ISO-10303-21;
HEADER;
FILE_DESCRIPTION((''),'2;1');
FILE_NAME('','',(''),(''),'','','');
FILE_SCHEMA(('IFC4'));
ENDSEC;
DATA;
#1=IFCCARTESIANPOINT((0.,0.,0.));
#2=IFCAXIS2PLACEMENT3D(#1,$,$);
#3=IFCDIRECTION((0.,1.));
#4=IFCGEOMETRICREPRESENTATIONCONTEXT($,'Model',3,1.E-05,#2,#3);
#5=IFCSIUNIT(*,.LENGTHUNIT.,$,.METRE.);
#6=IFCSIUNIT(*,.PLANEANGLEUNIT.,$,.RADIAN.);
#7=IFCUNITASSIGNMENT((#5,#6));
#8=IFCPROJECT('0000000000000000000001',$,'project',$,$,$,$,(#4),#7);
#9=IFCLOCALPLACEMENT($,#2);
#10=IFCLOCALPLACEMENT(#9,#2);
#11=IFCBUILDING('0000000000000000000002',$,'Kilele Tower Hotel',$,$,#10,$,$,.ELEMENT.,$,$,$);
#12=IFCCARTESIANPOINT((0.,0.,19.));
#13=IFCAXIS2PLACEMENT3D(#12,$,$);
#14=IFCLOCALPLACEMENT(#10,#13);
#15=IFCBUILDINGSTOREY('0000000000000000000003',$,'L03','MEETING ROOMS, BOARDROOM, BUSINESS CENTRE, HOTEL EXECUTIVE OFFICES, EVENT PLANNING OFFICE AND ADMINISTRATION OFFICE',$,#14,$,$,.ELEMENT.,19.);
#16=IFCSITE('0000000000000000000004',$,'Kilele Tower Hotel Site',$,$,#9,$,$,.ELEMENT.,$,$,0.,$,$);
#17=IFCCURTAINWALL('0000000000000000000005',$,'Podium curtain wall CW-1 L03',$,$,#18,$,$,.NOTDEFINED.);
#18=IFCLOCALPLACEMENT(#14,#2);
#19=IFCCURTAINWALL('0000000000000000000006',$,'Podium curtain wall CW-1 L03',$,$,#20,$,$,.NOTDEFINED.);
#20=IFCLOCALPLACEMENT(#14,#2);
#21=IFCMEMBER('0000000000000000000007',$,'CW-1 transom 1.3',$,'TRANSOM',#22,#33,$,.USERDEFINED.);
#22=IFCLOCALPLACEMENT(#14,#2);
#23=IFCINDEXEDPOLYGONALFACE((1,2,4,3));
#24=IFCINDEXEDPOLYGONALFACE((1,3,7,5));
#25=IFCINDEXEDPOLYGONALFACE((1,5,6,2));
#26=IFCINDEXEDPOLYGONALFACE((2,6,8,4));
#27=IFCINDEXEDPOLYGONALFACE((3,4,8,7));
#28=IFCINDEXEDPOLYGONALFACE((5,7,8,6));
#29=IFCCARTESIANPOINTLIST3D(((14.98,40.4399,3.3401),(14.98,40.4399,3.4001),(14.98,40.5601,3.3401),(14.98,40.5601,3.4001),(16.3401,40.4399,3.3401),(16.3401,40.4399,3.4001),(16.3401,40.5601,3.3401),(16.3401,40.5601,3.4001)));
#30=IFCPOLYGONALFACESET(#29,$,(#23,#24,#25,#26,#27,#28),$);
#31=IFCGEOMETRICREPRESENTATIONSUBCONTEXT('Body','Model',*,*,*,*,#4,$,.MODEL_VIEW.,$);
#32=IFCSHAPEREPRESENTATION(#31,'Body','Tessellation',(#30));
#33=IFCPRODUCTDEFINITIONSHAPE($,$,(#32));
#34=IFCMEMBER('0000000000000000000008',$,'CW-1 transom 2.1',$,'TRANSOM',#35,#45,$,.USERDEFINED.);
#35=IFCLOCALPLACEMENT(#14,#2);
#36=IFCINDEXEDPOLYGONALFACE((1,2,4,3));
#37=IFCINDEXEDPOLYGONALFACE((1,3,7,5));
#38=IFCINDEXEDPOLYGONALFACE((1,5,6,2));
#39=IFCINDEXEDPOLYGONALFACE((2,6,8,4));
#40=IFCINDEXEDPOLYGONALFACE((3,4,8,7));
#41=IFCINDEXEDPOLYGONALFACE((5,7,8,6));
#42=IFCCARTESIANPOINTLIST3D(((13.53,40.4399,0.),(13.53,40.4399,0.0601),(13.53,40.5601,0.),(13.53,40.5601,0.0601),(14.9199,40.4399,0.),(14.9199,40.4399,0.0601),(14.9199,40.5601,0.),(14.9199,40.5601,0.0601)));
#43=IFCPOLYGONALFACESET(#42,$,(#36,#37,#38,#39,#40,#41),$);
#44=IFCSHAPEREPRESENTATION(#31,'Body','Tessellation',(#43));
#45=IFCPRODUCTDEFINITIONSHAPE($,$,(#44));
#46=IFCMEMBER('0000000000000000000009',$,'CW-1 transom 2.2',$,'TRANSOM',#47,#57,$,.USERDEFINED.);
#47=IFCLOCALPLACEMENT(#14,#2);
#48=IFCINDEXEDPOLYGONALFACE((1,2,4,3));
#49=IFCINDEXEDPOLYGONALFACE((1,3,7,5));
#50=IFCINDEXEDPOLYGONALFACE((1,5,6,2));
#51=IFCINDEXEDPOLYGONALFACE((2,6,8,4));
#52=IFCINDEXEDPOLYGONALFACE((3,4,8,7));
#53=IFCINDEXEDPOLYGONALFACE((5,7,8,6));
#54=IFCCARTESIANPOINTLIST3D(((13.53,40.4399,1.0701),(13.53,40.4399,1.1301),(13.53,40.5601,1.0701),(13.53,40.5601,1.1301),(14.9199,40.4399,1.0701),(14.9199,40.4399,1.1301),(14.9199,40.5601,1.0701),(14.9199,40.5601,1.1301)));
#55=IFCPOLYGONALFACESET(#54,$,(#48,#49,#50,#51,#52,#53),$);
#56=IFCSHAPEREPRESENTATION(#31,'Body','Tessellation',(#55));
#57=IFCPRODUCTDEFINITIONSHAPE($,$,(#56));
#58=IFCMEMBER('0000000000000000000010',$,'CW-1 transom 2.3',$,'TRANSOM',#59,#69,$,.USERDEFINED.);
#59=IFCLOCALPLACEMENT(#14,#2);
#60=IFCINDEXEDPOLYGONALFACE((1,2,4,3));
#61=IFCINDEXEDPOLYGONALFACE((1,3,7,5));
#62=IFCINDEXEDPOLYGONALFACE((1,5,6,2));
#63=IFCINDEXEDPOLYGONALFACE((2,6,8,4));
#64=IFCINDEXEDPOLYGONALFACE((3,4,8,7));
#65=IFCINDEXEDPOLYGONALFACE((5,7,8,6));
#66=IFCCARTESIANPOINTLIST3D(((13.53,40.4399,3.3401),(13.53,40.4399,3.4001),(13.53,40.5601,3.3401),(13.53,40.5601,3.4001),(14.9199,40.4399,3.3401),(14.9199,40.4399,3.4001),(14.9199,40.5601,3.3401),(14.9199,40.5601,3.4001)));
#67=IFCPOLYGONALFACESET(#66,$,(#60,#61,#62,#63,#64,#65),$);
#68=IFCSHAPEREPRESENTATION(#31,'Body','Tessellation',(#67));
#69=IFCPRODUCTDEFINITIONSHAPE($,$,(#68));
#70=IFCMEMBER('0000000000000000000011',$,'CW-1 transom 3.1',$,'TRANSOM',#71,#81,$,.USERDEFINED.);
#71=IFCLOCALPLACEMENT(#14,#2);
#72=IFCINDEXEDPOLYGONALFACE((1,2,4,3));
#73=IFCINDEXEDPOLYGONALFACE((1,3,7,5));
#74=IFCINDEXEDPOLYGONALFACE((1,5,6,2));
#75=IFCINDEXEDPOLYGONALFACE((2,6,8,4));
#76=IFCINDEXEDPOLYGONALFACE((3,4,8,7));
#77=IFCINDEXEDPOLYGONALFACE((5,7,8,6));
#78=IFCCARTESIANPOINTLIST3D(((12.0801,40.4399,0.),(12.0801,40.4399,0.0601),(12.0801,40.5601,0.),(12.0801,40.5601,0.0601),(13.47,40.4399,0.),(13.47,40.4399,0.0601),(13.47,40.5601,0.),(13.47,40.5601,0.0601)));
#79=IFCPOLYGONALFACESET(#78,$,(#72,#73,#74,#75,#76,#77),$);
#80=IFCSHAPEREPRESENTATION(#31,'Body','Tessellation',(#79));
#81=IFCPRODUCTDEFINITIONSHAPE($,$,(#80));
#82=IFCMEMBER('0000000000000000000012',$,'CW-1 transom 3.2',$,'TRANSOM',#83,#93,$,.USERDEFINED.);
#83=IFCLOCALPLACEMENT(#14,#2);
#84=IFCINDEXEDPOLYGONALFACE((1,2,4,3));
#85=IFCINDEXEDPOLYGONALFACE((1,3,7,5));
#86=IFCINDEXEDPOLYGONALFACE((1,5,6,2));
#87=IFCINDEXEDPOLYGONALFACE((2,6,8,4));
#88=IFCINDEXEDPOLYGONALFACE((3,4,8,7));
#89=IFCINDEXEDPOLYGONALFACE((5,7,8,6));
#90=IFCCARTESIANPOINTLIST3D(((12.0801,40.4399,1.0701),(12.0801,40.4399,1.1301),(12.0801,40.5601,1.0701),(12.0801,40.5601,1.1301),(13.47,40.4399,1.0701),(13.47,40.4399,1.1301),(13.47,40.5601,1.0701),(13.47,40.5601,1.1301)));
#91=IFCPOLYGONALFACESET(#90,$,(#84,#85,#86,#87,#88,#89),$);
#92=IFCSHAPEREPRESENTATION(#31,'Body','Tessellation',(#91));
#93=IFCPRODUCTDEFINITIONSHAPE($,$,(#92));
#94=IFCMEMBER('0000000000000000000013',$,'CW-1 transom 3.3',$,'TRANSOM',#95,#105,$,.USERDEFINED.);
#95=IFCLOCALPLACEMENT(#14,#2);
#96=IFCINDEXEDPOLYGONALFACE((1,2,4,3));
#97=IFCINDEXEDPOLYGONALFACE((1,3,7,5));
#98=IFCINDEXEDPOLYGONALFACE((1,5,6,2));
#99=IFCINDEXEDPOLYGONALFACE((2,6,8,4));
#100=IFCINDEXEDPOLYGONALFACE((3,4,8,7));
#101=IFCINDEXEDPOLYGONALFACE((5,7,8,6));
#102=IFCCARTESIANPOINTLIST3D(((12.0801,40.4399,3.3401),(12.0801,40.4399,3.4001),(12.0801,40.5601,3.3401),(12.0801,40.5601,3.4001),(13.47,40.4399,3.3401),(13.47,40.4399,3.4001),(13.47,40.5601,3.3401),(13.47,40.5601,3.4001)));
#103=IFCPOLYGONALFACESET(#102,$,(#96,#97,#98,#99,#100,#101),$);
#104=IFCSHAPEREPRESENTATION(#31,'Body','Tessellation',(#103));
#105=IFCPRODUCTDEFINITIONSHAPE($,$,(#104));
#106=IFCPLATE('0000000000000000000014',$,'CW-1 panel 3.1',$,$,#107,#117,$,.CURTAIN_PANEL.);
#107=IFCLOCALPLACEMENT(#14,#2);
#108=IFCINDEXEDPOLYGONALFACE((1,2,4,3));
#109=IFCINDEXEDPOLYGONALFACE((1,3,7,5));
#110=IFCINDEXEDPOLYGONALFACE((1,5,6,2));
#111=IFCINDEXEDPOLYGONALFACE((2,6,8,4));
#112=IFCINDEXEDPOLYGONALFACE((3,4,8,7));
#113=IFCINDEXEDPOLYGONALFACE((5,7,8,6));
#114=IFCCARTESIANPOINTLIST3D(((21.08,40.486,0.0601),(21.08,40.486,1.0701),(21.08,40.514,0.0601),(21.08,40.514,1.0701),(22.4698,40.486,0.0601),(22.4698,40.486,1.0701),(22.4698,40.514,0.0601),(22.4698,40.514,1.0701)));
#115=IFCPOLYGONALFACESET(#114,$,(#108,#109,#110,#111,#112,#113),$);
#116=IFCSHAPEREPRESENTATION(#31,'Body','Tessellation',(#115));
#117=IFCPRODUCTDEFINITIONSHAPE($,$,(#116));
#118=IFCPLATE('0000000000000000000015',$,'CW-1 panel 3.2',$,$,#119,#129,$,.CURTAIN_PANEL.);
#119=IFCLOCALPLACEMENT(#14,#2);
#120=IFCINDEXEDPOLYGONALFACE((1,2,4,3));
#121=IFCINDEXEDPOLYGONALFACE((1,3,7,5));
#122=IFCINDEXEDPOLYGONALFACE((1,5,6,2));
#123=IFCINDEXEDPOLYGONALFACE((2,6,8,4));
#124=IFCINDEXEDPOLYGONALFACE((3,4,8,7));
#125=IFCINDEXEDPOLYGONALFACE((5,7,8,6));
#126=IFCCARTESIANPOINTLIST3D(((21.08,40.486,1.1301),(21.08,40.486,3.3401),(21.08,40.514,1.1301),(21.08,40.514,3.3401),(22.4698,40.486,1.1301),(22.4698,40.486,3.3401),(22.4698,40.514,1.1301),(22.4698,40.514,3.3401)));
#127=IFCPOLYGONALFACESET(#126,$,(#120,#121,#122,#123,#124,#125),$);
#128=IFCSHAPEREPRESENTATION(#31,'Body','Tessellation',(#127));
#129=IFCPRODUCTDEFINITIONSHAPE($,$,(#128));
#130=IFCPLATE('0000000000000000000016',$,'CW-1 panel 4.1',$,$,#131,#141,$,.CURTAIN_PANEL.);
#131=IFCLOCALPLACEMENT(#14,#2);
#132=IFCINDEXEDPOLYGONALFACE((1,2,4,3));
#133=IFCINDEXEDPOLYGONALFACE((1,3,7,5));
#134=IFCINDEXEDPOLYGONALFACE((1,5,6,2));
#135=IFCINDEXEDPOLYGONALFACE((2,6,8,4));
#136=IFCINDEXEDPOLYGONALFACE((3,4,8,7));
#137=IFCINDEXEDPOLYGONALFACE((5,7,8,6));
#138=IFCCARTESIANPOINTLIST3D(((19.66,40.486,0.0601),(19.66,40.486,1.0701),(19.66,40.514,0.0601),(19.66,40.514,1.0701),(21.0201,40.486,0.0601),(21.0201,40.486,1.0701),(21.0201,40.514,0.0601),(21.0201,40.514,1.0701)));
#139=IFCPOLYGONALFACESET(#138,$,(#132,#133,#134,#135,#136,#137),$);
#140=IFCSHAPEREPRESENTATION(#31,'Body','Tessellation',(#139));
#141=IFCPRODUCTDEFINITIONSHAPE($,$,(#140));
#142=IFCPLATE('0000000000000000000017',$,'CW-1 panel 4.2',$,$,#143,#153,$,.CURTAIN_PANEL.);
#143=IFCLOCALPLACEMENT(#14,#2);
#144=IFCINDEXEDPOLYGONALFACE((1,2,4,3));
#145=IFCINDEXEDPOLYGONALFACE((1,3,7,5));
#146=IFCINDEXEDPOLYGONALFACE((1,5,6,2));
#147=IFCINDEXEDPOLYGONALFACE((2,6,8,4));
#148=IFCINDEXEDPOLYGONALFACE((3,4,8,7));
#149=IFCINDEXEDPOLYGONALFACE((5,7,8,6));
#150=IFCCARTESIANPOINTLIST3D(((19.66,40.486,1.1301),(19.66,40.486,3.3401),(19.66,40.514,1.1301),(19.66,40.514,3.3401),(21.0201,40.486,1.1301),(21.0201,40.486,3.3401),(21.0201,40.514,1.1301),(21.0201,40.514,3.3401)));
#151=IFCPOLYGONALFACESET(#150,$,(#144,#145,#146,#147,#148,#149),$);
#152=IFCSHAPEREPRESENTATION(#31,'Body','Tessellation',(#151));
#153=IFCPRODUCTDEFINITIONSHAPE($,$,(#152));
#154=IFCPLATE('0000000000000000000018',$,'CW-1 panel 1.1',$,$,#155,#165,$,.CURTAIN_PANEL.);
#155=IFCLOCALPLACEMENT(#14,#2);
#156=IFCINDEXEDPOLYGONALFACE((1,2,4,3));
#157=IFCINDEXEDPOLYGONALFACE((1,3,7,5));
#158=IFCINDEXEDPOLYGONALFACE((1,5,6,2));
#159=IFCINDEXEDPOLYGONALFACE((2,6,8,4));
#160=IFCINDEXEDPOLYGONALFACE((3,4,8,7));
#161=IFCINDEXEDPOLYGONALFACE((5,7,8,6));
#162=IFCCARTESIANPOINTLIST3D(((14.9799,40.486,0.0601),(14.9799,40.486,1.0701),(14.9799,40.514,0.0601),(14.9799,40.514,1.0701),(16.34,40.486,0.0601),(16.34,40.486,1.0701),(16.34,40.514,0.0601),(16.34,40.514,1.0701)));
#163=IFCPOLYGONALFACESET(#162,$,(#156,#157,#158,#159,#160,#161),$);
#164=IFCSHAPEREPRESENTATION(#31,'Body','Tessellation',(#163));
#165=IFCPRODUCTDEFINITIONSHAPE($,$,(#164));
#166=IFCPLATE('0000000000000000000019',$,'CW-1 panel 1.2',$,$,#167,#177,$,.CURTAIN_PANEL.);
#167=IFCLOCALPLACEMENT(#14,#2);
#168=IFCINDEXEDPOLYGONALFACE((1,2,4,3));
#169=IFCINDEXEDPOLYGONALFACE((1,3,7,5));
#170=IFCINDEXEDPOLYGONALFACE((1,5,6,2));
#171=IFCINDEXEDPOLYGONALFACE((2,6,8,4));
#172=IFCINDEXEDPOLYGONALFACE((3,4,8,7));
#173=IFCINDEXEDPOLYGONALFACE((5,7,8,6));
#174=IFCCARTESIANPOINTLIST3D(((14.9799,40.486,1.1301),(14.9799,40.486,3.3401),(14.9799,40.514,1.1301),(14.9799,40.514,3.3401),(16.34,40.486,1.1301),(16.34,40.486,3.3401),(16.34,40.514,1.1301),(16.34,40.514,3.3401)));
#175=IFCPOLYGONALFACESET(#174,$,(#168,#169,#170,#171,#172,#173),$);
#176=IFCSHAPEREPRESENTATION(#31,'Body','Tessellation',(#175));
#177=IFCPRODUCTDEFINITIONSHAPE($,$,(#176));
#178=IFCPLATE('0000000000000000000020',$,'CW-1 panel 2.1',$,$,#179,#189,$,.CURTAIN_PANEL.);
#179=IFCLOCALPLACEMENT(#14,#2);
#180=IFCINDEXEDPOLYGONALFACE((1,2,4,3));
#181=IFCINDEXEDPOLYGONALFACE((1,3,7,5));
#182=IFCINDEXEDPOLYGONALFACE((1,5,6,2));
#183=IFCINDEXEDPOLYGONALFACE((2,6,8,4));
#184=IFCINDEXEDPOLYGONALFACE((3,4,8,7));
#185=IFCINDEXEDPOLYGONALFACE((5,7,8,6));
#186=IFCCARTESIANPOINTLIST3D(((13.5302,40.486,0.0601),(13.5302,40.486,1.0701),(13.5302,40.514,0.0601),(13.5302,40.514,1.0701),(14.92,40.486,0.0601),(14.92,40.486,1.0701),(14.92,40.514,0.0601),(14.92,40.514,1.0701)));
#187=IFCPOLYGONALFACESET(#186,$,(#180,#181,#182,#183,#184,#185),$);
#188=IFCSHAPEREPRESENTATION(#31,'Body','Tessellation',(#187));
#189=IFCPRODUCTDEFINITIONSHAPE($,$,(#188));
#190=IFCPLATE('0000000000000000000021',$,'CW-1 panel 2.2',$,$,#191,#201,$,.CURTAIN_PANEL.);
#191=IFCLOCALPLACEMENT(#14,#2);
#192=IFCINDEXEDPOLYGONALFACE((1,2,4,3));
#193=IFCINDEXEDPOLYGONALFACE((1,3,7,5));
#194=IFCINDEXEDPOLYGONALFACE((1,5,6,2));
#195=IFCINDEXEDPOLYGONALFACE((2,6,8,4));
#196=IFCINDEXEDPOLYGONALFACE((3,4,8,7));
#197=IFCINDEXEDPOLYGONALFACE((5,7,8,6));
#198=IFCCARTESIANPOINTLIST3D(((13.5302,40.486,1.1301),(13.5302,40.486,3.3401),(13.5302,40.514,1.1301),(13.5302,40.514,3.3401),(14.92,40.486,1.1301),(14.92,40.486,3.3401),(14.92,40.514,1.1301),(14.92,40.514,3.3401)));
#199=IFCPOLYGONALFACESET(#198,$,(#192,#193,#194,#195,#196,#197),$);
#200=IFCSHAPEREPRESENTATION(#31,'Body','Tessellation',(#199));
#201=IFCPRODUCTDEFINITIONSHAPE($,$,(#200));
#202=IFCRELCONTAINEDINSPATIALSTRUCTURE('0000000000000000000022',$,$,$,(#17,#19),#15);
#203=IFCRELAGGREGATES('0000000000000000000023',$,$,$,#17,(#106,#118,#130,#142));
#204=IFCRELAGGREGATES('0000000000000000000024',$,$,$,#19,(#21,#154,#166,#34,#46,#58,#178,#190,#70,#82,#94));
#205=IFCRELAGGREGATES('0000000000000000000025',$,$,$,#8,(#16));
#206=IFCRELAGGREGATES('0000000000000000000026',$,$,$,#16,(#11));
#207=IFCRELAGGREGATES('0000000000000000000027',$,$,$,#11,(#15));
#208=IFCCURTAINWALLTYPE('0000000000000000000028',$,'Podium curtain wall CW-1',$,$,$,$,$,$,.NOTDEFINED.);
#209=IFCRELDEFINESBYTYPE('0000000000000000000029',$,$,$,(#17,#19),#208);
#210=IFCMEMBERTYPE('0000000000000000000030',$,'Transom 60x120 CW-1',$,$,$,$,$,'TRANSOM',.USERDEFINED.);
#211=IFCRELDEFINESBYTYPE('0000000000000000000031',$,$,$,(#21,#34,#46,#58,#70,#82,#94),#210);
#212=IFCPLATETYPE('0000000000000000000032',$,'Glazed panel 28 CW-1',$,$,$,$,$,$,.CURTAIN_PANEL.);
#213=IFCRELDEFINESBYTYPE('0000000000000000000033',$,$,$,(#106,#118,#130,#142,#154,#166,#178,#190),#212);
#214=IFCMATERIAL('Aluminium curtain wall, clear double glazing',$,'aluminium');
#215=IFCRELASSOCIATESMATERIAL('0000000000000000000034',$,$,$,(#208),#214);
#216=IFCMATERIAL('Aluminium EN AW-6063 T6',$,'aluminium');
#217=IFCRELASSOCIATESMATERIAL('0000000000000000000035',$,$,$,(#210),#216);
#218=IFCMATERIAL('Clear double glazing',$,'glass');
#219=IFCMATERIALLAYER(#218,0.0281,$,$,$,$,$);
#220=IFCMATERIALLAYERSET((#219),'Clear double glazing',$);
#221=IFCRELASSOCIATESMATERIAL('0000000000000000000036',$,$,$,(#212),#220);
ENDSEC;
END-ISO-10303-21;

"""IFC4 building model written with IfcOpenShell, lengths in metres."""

from ifc_helpers import new_model, si_unit, direction, frame, origin, origin_2d, place, context, subcontext, project, spatial, rectangle, extrude, material, layer, layer_set, material_profile, profile_set, type_object, element, aggregate, save


model = new_model("IFC4")

# Units and contexts
model_context = context("Model", 3, precision=1e-05, world=origin(), true_north=direction((0.0, 1.0)))
body_context = subcontext(model_context, "Body", "Model", "MODEL_VIEW")
ifc_project = project(units=[si_unit("LENGTHUNIT", "METRE"), si_unit("PLANEANGLEUNIT", "RADIAN")], contexts=[model_context])

# Site, building, storey
site_placement = place(None, origin())
site = spatial("IfcSite", under=ifc_project, at=site_placement, Name="Kilele Tower Hotel Site", CompositionType="ELEMENT", RefElevation=0.0)
building_placement = place(site_placement, origin())
building = spatial("IfcBuilding", under=site, at=building_placement, Name="Kilele Tower Hotel", CompositionType="ELEMENT")
storey_placement = place(building_placement, frame((0.0, 0.0, 19.0)))
storey = spatial("IfcBuildingStorey", under=building, at=storey_placement, Name="L03", Description="MEETING ROOMS, BOARDROOM, BUSINESS CENTRE, HOTEL EXECUTIVE OFFICES, EVENT PLANNING OFFICE AND ADMINISTRATION OFFICE", CompositionType="ELEMENT", Elevation=19.0)

# Curtain walls
ifc_material_1 = material(Name="Aluminium curtain wall, clear double glazing", Category="aluminium")
curtain_wall_type = type_object("IfcCurtainWallType", Name="Podium curtain wall CW-1", PredefinedType="NOTDEFINED", material=ifc_material_1)
curtain_wall_1_placement = place(storey_placement, origin())
curtain_wall_1 = element("IfcCurtainWall", 1, at=curtain_wall_1_placement, inside=storey, type_object=curtain_wall_type, Name="Podium curtain wall CW-1 L03", PredefinedType="NOTDEFINED")
curtain_wall_2_placement = place(storey_placement, origin())
curtain_wall_2 = element("IfcCurtainWall", 2, at=curtain_wall_2_placement, inside=storey, type_object=curtain_wall_type, Name="Podium curtain wall CW-1 L03", PredefinedType="NOTDEFINED")

# Members
ifc_material_2 = material(Name="Aluminium EN AW-6063 T6", Category="aluminium")
ifc_material_profile_1 = material_profile(ifc_material_2, rectangle(XDim=0.1201, YDim=0.0601, at=origin_2d()))
ifc_profile_set_1 = profile_set([ifc_material_profile_1], Name="Aluminium EN AW-6063 T6")
member_type_1 = type_object("IfcMemberType", Name="Transom 60x120 CW-1", ElementType="TRANSOM", PredefinedType="USERDEFINED", material=ifc_profile_set_1)
member_1_placement = place(storey_placement, frame((16.3401, 40.5, 3.3701), z_axis=(-1.0, 0.0, 0.0), x_axis=(0.0, -1.0, 0.0)))
member_1 = element("IfcMember", 3, at=member_1_placement, type_object=member_type_1, Name="CW-1 transom 1.3", ObjectType="TRANSOM", PredefinedType="USERDEFINED", context=body_context, shape_type="SweptSolid", body=[
    extrude(rectangle(XDim=0.1201, YDim=0.0601, at=origin_2d()), origin(), (0.0, 0.0, 1.0), 1.3601),
])
member_2_placement = place(storey_placement, frame((14.9199, 40.5, 0.03), z_axis=(-1.0, 0.0, 0.0), x_axis=(0.0, -1.0, 0.0)))
member_2 = element("IfcMember", 4, at=member_2_placement, type_object=member_type_1, Name="CW-1 transom 2.1", ObjectType="TRANSOM", PredefinedType="USERDEFINED", context=body_context, shape_type="SweptSolid", body=[
    extrude(rectangle(XDim=0.1201, YDim=0.0601, at=origin_2d()), origin(), (0.0, 0.0, 1.0), 1.3899),
])
member_3_placement = place(storey_placement, frame((14.9199, 40.5, 1.1001), z_axis=(-1.0, 0.0, 0.0), x_axis=(0.0, -1.0, 0.0)))
member_3 = element("IfcMember", 5, at=member_3_placement, type_object=member_type_1, Name="CW-1 transom 2.2", ObjectType="TRANSOM", PredefinedType="USERDEFINED", context=body_context, shape_type="SweptSolid", body=[
    extrude(rectangle(XDim=0.1201, YDim=0.0601, at=origin_2d()), origin(), (0.0, 0.0, 1.0), 1.3899),
])
member_4_placement = place(storey_placement, frame((14.9199, 40.5, 3.3701), z_axis=(-1.0, 0.0, 0.0), x_axis=(0.0, -1.0, 0.0)))
member_4 = element("IfcMember", 6, at=member_4_placement, type_object=member_type_1, Name="CW-1 transom 2.3", ObjectType="TRANSOM", PredefinedType="USERDEFINED", context=body_context, shape_type="SweptSolid", body=[
    extrude(rectangle(XDim=0.1201, YDim=0.0601, at=origin_2d()), origin(), (0.0, 0.0, 1.0), 1.3899),
])
member_5_placement = place(storey_placement, frame((13.47, 40.5, 0.03), z_axis=(-1.0, 0.0, 0.0), x_axis=(0.0, -1.0, 0.0)))
member_5 = element("IfcMember", 7, at=member_5_placement, type_object=member_type_1, Name="CW-1 transom 3.1", ObjectType="TRANSOM", PredefinedType="USERDEFINED", context=body_context, shape_type="SweptSolid", body=[
    extrude(rectangle(XDim=0.1201, YDim=0.0601, at=origin_2d()), origin(), (0.0, 0.0, 1.0), 1.3899),
])
member_6_placement = place(storey_placement, frame((13.47, 40.5, 1.1001), z_axis=(-1.0, 0.0, 0.0), x_axis=(0.0, -1.0, 0.0)))
member_6 = element("IfcMember", 8, at=member_6_placement, type_object=member_type_1, Name="CW-1 transom 3.2", ObjectType="TRANSOM", PredefinedType="USERDEFINED", context=body_context, shape_type="SweptSolid", body=[
    extrude(rectangle(XDim=0.1201, YDim=0.0601, at=origin_2d()), origin(), (0.0, 0.0, 1.0), 1.3899),
])
member_7_placement = place(storey_placement, frame((13.47, 40.5, 3.3701), z_axis=(-1.0, 0.0, 0.0), x_axis=(0.0, -1.0, 0.0)))
member_7 = element("IfcMember", 9, at=member_7_placement, type_object=member_type_1, Name="CW-1 transom 3.3", ObjectType="TRANSOM", PredefinedType="USERDEFINED", context=body_context, shape_type="SweptSolid", body=[
    extrude(rectangle(XDim=0.1201, YDim=0.0601, at=origin_2d()), origin(), (0.0, 0.0, 1.0), 1.3899),
])

# Plates
ifc_material_3 = material(Name="Clear double glazing", Category="glass")
ifc_layer = layer(ifc_material_3, 0.0281)
ifc_layer_set = layer_set([ifc_layer], Name="Clear double glazing")
plate_type = type_object("IfcPlateType", Name="Glazed panel 28 CW-1", PredefinedType="CURTAIN_PANEL", material=ifc_layer_set)
plate_1_placement = place(storey_placement, frame((21.7749, 40.5, 0.0601), z_axis=(0.0, 0.0, 1.0), x_axis=(-1.0, 0.0, 0.0)))
plate_1 = element("IfcPlate", 10, at=plate_1_placement, type_object=plate_type, Name="CW-1 panel 3.1", PredefinedType="CURTAIN_PANEL", context=body_context, shape_type="SweptSolid", body=[
    extrude(rectangle(XDim=1.3899, YDim=0.0281, at=origin_2d()), origin(), (0.0, 0.0, 1.0), 1.01),
])
plate_2_placement = place(storey_placement, frame((21.7749, 40.5, 1.1301), z_axis=(0.0, 0.0, 1.0), x_axis=(-1.0, 0.0, 0.0)))
plate_2 = element("IfcPlate", 11, at=plate_2_placement, type_object=plate_type, Name="CW-1 panel 3.2", PredefinedType="CURTAIN_PANEL", context=body_context, shape_type="SweptSolid", body=[
    extrude(rectangle(XDim=1.3899, YDim=0.0281, at=origin_2d()), origin(), (0.0, 0.0, 1.0), 2.21),
])
plate_3_placement = place(storey_placement, frame((20.3401, 40.5, 0.0601), z_axis=(0.0, 0.0, 1.0), x_axis=(-1.0, 0.0, 0.0)))
plate_3 = element("IfcPlate", 12, at=plate_3_placement, type_object=plate_type, Name="CW-1 panel 4.1", PredefinedType="CURTAIN_PANEL", context=body_context, shape_type="SweptSolid", body=[
    extrude(rectangle(XDim=1.3601, YDim=0.0281, at=origin_2d()), origin(), (0.0, 0.0, 1.0), 1.01),
])
plate_4_placement = place(storey_placement, frame((20.3401, 40.5, 1.1301), z_axis=(0.0, 0.0, 1.0), x_axis=(-1.0, 0.0, 0.0)))
plate_4 = element("IfcPlate", 13, at=plate_4_placement, type_object=plate_type, Name="CW-1 panel 4.2", PredefinedType="CURTAIN_PANEL", context=body_context, shape_type="SweptSolid", body=[
    extrude(rectangle(XDim=1.3601, YDim=0.0281, at=origin_2d()), origin(), (0.0, 0.0, 1.0), 2.21),
])
aggregate(curtain_wall_1, [plate_1, plate_2, plate_3, plate_4])
plate_5_placement = place(storey_placement, frame((15.6599, 40.5, 0.0601), z_axis=(0.0, 0.0, 1.0), x_axis=(-1.0, 0.0, 0.0)))
plate_5 = element("IfcPlate", 14, at=plate_5_placement, type_object=plate_type, Name="CW-1 panel 1.1", PredefinedType="CURTAIN_PANEL", context=body_context, shape_type="SweptSolid", body=[
    extrude(rectangle(XDim=1.3601, YDim=0.0281, at=origin_2d()), origin(), (0.0, 0.0, 1.0), 1.01),
])
plate_6_placement = place(storey_placement, frame((15.6599, 40.5, 1.1301), z_axis=(0.0, 0.0, 1.0), x_axis=(-1.0, 0.0, 0.0)))
plate_6 = element("IfcPlate", 15, at=plate_6_placement, type_object=plate_type, Name="CW-1 panel 1.2", PredefinedType="CURTAIN_PANEL", context=body_context, shape_type="SweptSolid", body=[
    extrude(rectangle(XDim=1.3601, YDim=0.0281, at=origin_2d()), origin(), (0.0, 0.0, 1.0), 2.21),
])
plate_7_placement = place(storey_placement, frame((14.2251, 40.5, 0.0601), z_axis=(0.0, 0.0, 1.0), x_axis=(-1.0, 0.0, 0.0)))
plate_7 = element("IfcPlate", 16, at=plate_7_placement, type_object=plate_type, Name="CW-1 panel 2.1", PredefinedType="CURTAIN_PANEL", context=body_context, shape_type="SweptSolid", body=[
    extrude(rectangle(XDim=1.3899, YDim=0.0281, at=origin_2d()), origin(), (0.0, 0.0, 1.0), 1.01),
])
plate_8_placement = place(storey_placement, frame((14.2251, 40.5, 1.1301), z_axis=(0.0, 0.0, 1.0), x_axis=(-1.0, 0.0, 0.0)))
plate_8 = element("IfcPlate", 17, at=plate_8_placement, type_object=plate_type, Name="CW-1 panel 2.2", PredefinedType="CURTAIN_PANEL", context=body_context, shape_type="SweptSolid", body=[
    extrude(rectangle(XDim=1.3899, YDim=0.0281, at=origin_2d()), origin(), (0.0, 0.0, 1.0), 2.21),
])
aggregate(curtain_wall_2, [member_1, plate_5, plate_6, member_2, member_3, member_4, plate_7, plate_8, member_5, member_6, member_7])

save(model, "model.ifc")
